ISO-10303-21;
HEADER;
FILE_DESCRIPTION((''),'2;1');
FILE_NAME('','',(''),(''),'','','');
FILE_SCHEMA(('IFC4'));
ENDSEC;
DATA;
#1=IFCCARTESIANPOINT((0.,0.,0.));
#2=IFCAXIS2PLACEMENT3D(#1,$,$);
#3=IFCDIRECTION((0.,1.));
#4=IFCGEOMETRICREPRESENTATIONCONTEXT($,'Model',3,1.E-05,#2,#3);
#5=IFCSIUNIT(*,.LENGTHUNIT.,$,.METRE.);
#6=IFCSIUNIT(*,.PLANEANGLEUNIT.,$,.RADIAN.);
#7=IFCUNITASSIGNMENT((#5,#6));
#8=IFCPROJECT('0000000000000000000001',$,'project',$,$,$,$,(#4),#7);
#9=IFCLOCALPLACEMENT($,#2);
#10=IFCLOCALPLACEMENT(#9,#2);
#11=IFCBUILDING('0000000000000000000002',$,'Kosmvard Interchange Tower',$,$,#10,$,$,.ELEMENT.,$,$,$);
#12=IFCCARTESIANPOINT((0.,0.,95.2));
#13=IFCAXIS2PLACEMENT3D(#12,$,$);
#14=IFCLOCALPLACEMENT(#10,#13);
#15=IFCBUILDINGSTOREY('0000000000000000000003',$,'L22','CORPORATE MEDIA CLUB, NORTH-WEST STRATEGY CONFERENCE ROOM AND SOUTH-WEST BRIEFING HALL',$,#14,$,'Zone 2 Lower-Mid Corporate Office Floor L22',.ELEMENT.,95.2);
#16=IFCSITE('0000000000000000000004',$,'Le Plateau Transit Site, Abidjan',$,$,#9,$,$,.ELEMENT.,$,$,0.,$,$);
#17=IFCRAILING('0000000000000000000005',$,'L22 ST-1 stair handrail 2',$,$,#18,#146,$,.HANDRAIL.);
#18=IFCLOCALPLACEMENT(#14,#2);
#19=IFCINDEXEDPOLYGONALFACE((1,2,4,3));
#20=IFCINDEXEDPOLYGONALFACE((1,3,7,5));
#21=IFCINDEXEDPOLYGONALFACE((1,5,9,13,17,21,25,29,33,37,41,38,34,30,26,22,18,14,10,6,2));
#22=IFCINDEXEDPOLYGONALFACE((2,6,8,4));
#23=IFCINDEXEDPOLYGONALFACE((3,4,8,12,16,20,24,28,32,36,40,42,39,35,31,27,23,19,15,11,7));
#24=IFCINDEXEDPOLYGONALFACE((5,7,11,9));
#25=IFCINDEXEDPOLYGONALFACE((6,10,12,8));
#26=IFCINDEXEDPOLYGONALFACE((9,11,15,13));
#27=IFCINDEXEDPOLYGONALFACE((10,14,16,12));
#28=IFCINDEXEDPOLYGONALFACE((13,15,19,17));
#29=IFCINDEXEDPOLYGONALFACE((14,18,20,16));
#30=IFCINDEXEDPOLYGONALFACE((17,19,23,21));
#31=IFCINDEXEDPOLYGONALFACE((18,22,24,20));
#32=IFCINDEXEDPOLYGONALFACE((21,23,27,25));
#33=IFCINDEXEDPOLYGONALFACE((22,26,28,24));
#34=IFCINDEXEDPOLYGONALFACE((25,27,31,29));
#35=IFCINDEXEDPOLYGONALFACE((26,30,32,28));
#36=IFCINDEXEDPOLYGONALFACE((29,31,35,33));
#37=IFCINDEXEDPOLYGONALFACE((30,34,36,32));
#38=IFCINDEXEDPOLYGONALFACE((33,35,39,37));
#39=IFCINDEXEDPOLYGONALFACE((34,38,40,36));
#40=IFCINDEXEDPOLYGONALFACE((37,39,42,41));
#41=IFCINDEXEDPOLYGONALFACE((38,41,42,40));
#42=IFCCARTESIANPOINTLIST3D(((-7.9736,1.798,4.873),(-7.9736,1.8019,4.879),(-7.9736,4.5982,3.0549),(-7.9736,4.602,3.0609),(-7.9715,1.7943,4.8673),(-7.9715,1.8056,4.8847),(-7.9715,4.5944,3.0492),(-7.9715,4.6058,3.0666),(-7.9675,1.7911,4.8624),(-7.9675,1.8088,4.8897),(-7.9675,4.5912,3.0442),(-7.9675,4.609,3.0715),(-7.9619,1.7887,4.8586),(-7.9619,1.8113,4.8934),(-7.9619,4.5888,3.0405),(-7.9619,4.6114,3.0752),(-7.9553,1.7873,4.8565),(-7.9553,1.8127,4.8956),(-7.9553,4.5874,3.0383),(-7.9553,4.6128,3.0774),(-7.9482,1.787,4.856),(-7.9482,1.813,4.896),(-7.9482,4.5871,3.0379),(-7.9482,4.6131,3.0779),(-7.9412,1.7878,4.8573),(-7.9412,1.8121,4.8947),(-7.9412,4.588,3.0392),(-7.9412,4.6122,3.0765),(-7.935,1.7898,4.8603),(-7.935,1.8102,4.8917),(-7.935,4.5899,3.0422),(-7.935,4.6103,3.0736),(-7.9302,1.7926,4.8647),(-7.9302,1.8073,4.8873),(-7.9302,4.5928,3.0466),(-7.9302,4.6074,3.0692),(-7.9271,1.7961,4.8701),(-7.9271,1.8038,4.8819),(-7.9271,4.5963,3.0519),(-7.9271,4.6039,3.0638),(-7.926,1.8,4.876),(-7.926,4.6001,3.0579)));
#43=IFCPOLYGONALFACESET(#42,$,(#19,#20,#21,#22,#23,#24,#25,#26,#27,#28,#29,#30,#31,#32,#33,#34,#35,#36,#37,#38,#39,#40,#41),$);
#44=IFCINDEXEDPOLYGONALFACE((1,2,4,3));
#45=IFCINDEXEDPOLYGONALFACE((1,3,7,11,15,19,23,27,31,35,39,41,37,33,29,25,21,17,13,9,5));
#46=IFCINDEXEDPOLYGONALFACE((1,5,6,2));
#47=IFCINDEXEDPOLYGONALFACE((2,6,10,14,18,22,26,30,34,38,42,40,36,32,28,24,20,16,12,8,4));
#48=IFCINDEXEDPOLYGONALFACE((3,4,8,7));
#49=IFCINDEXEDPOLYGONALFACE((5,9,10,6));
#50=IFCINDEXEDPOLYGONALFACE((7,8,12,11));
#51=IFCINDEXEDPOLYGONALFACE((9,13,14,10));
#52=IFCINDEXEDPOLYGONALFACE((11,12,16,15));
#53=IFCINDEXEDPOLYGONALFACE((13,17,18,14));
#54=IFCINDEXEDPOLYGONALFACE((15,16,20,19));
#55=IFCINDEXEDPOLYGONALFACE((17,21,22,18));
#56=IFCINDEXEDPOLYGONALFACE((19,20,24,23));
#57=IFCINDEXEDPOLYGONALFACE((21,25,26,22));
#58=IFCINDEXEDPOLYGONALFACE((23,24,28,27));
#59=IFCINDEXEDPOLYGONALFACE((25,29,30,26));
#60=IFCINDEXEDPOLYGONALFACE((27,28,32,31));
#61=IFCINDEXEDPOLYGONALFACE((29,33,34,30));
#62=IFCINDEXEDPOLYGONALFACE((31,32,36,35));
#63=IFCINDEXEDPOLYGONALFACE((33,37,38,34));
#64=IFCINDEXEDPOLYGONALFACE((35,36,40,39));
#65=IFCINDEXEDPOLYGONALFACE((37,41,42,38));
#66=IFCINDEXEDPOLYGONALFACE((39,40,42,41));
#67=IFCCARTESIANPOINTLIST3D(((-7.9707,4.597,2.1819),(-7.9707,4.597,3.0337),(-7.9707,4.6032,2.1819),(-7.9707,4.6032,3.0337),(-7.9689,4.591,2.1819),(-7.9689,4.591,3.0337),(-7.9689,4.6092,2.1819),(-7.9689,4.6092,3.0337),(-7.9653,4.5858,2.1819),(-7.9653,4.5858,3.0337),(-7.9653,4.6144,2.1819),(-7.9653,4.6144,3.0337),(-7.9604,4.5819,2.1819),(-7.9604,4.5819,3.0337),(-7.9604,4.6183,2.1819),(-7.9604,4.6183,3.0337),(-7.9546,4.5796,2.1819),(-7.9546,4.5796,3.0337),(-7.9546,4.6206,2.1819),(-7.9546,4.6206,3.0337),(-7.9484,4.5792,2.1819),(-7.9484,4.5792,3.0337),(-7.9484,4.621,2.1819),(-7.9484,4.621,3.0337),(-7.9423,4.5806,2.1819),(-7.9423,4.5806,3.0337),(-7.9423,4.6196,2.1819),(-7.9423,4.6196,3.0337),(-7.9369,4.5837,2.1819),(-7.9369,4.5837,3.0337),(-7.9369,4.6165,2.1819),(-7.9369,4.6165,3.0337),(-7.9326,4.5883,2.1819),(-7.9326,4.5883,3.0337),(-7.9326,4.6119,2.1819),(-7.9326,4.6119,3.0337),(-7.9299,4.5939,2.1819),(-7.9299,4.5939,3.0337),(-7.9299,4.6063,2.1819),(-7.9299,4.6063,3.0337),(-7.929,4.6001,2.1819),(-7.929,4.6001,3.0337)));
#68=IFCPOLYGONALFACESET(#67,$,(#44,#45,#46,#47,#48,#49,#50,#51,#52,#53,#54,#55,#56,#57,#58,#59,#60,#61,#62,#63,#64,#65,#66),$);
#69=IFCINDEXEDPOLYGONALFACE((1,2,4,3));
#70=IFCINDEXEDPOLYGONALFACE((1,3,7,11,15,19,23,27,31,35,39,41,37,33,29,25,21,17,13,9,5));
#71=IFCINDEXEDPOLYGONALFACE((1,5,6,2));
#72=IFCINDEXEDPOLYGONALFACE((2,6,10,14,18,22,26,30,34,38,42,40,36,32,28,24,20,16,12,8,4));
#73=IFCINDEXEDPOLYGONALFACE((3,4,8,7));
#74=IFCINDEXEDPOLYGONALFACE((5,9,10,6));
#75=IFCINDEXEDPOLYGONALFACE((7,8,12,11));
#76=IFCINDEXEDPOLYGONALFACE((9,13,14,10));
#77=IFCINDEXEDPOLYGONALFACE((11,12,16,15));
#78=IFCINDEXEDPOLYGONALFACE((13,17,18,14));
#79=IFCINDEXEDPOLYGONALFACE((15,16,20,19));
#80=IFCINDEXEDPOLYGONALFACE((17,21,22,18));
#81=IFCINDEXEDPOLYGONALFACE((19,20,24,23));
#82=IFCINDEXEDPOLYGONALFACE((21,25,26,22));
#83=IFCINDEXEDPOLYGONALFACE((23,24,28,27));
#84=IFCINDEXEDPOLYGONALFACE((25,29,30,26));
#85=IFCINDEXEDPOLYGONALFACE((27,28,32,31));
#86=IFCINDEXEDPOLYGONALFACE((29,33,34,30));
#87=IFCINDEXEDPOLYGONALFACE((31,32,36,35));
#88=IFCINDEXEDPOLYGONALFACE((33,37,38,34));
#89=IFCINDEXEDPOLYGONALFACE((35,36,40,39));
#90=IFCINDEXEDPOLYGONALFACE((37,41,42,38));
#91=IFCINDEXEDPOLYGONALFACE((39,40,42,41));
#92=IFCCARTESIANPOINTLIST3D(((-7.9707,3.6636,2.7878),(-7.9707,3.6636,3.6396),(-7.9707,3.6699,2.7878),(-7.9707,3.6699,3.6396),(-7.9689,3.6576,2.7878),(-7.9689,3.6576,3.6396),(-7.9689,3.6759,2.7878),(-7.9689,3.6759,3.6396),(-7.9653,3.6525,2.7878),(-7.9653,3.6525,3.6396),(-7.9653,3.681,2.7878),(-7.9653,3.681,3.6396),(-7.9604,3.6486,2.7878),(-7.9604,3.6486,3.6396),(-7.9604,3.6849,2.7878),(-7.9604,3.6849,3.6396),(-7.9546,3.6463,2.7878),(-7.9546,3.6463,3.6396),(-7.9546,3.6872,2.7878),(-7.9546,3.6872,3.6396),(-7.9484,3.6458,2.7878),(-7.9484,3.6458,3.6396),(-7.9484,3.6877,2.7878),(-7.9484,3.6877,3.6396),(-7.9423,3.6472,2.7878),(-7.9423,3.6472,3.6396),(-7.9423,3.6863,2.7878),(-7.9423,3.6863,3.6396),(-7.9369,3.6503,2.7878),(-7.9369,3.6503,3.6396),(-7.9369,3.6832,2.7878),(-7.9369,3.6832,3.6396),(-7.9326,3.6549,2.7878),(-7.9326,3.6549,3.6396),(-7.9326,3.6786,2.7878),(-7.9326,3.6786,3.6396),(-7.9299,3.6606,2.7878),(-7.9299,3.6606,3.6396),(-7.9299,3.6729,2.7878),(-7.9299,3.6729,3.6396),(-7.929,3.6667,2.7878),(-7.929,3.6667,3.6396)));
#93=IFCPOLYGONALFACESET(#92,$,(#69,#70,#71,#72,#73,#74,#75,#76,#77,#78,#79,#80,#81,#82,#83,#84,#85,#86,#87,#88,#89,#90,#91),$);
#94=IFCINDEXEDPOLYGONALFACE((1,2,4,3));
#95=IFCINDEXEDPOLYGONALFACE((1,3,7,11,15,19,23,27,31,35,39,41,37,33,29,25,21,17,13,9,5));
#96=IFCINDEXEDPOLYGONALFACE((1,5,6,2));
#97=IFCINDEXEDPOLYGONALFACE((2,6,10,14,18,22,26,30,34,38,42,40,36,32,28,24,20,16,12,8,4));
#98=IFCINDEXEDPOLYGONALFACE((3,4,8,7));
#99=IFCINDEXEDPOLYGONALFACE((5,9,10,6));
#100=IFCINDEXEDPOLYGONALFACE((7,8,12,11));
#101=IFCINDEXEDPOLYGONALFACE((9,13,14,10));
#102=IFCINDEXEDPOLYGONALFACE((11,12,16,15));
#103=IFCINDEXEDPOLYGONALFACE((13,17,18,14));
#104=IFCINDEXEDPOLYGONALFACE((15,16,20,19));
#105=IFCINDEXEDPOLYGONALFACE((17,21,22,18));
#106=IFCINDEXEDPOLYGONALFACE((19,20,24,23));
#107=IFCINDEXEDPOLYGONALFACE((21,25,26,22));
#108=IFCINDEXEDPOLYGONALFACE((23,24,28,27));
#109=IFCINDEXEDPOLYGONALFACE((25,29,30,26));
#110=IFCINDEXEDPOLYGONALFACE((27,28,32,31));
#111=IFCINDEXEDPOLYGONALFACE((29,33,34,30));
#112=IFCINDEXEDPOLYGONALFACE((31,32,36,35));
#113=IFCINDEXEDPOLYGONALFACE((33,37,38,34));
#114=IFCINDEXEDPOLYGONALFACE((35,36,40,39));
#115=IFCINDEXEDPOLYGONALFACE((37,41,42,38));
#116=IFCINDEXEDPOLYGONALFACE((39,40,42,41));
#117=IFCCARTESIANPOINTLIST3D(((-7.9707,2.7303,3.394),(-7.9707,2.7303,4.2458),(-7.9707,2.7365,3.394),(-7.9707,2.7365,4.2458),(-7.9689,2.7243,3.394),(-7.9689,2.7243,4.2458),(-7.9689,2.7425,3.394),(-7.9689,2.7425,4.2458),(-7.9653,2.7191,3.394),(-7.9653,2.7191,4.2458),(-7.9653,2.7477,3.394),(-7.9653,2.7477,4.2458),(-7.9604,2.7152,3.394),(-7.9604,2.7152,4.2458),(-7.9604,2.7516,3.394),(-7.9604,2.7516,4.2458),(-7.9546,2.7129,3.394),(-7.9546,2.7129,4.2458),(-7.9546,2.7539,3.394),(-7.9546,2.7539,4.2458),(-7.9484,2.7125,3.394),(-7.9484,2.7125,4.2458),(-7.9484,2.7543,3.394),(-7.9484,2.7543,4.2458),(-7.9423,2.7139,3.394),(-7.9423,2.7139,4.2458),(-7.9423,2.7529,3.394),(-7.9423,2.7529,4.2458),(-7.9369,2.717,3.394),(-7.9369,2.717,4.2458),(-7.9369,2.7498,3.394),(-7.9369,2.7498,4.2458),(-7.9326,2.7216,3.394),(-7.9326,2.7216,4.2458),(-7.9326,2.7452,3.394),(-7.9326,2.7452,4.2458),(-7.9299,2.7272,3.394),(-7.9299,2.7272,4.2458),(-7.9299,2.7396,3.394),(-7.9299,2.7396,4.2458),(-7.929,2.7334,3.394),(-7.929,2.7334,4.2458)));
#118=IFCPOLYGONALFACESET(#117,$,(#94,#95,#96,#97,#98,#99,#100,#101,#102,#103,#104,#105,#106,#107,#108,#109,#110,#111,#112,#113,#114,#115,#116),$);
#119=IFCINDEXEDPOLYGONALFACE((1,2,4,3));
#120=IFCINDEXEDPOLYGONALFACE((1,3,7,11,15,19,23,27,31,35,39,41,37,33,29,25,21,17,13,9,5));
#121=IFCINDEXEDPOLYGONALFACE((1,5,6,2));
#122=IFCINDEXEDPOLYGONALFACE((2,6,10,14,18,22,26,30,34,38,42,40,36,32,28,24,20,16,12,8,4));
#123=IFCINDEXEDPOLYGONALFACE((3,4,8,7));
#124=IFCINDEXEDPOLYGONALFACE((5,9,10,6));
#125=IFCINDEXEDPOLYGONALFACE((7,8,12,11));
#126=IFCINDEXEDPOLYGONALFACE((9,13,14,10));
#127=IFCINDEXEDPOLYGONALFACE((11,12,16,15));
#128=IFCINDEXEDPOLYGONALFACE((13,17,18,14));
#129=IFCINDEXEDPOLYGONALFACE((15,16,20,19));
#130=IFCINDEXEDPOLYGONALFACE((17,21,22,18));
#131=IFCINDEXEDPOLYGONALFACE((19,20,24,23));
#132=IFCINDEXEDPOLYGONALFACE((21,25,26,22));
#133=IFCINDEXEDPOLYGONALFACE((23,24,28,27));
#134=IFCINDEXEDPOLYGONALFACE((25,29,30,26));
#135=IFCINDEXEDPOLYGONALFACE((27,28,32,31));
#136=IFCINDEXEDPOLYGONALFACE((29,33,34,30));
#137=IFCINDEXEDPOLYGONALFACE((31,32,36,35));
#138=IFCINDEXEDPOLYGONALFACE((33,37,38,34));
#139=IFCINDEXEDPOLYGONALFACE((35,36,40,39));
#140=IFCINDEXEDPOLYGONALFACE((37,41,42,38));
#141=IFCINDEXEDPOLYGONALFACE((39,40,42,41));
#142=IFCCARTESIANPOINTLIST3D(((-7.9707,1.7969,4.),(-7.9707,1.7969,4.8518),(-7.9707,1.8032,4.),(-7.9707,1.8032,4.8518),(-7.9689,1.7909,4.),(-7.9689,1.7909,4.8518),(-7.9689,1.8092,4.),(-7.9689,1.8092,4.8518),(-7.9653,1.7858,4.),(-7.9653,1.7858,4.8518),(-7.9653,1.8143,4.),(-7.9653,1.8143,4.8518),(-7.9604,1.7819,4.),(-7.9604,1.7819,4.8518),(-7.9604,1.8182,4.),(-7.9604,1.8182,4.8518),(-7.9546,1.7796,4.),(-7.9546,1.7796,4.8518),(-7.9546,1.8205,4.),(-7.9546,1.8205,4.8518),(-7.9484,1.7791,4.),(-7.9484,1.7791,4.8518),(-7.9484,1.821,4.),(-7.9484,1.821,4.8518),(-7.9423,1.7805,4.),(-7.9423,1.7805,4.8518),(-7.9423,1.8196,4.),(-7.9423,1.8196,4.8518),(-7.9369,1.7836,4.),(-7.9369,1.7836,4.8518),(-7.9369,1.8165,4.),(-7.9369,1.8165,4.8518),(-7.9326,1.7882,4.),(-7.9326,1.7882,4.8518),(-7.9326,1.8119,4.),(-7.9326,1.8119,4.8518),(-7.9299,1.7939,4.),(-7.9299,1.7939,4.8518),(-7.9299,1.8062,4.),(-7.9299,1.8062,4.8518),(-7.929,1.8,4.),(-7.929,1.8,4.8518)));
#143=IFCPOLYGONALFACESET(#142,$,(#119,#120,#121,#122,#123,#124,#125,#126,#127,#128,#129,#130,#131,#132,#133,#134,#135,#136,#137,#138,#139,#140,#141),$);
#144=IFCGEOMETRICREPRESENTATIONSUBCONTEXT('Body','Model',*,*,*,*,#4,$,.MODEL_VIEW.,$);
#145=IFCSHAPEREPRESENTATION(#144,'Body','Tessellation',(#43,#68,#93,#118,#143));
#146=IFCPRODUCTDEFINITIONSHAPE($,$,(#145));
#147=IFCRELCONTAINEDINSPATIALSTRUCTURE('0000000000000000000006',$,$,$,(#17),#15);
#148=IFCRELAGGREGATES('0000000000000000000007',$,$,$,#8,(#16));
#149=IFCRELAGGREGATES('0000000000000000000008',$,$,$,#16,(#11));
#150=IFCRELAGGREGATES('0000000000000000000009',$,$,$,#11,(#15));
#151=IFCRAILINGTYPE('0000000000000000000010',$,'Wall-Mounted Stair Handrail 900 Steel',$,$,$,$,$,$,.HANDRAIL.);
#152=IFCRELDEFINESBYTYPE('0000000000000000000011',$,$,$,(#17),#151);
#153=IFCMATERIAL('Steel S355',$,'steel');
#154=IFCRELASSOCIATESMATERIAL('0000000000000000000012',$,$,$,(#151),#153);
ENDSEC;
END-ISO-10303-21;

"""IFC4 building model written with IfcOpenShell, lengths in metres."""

from ifc_helpers import new_model, si_unit, direction, frame, origin, origin_2d, place, context, subcontext, project, spatial, circle, extrude, source, transform, mapped, material, type_object, element, save


model = new_model("IFC4")

# Units and contexts
model_context = context("Model", 3, precision=1e-05, world=origin(), true_north=direction((0.0, 1.0)))
body_context = subcontext(model_context, "Body", "Model", "MODEL_VIEW")
ifc_project = project(units=[si_unit("LENGTHUNIT", "METRE"), si_unit("PLANEANGLEUNIT", "RADIAN")], contexts=[model_context])

# Site, building, storey
site_placement = place(None, origin())
site = spatial("IfcSite", under=ifc_project, at=site_placement, Name="Le Plateau Transit Site, Abidjan", CompositionType="ELEMENT", RefElevation=0.0)
building_placement = place(site_placement, origin())
building = spatial("IfcBuilding", under=site, at=building_placement, Name="Kosmvard Interchange Tower", CompositionType="ELEMENT")
storey_placement = place(building_placement, frame((0.0, 0.0, 95.2)))
storey = spatial("IfcBuildingStorey", under=building, at=storey_placement, Name="L22", Description="CORPORATE MEDIA CLUB, NORTH-WEST STRATEGY CONFERENCE ROOM AND SOUTH-WEST BRIEFING HALL", LongName="Zone 2 Lower-Mid Corporate Office Floor L22", CompositionType="ELEMENT", Elevation=95.2)

# Shared definitions
ifc_material_1 = material(Name="Steel S355", Category="steel")

# Railing
railing_type_1 = type_object("IfcRailingType", Name="Wall-Mounted Stair Handrail 900 Steel", PredefinedType="HANDRAIL", material=ifc_material_1)
shared_shape_1 = source(origin(), body_context, "Body", "SweptSolid", [
    extrude(circle(Radius=0.0239, at=origin_2d()), frame((0.0, 0.0, 0.876), z_axis=(0.0, -0.838706, 0.544585), x_axis=(1.0, 0.0, 0.0)), (0.0, 0.0, 1.0), 3.3386),
    extrude(circle(Radius=0.021, at=origin_2d()), origin(), (0.0, 0.0, 1.0), 0.8518),
    extrude(circle(Radius=0.021, at=origin_2d()), frame((0.0, -0.9333, 0.606)), (0.0, 0.0, 1.0), 0.8518),
    extrude(circle(Radius=0.021, at=origin_2d()), frame((0.0, -1.8667, 1.2122)), (0.0, 0.0, 1.0), 0.8518),
    extrude(circle(Radius=0.021, at=origin_2d()), frame((0.0, -2.8, 1.8181)), (0.0, 0.0, 1.0), 0.8518),
])
railing_1_placement = place(storey_placement, frame((-7.95, 4.6001, 2.1819)))
element("IfcRailing", 1, at=railing_1_placement, inside=storey, type_object=railing_type_1, Name="L22 ST-1 stair handrail 2", PredefinedType="HANDRAIL", context=body_context, shape_type="MappedRepresentation", body=[
    mapped(shared_shape_1, transform((0.0, 0.0, 0.0), scale=1.0)),
])

save(model, "model.ifc")
